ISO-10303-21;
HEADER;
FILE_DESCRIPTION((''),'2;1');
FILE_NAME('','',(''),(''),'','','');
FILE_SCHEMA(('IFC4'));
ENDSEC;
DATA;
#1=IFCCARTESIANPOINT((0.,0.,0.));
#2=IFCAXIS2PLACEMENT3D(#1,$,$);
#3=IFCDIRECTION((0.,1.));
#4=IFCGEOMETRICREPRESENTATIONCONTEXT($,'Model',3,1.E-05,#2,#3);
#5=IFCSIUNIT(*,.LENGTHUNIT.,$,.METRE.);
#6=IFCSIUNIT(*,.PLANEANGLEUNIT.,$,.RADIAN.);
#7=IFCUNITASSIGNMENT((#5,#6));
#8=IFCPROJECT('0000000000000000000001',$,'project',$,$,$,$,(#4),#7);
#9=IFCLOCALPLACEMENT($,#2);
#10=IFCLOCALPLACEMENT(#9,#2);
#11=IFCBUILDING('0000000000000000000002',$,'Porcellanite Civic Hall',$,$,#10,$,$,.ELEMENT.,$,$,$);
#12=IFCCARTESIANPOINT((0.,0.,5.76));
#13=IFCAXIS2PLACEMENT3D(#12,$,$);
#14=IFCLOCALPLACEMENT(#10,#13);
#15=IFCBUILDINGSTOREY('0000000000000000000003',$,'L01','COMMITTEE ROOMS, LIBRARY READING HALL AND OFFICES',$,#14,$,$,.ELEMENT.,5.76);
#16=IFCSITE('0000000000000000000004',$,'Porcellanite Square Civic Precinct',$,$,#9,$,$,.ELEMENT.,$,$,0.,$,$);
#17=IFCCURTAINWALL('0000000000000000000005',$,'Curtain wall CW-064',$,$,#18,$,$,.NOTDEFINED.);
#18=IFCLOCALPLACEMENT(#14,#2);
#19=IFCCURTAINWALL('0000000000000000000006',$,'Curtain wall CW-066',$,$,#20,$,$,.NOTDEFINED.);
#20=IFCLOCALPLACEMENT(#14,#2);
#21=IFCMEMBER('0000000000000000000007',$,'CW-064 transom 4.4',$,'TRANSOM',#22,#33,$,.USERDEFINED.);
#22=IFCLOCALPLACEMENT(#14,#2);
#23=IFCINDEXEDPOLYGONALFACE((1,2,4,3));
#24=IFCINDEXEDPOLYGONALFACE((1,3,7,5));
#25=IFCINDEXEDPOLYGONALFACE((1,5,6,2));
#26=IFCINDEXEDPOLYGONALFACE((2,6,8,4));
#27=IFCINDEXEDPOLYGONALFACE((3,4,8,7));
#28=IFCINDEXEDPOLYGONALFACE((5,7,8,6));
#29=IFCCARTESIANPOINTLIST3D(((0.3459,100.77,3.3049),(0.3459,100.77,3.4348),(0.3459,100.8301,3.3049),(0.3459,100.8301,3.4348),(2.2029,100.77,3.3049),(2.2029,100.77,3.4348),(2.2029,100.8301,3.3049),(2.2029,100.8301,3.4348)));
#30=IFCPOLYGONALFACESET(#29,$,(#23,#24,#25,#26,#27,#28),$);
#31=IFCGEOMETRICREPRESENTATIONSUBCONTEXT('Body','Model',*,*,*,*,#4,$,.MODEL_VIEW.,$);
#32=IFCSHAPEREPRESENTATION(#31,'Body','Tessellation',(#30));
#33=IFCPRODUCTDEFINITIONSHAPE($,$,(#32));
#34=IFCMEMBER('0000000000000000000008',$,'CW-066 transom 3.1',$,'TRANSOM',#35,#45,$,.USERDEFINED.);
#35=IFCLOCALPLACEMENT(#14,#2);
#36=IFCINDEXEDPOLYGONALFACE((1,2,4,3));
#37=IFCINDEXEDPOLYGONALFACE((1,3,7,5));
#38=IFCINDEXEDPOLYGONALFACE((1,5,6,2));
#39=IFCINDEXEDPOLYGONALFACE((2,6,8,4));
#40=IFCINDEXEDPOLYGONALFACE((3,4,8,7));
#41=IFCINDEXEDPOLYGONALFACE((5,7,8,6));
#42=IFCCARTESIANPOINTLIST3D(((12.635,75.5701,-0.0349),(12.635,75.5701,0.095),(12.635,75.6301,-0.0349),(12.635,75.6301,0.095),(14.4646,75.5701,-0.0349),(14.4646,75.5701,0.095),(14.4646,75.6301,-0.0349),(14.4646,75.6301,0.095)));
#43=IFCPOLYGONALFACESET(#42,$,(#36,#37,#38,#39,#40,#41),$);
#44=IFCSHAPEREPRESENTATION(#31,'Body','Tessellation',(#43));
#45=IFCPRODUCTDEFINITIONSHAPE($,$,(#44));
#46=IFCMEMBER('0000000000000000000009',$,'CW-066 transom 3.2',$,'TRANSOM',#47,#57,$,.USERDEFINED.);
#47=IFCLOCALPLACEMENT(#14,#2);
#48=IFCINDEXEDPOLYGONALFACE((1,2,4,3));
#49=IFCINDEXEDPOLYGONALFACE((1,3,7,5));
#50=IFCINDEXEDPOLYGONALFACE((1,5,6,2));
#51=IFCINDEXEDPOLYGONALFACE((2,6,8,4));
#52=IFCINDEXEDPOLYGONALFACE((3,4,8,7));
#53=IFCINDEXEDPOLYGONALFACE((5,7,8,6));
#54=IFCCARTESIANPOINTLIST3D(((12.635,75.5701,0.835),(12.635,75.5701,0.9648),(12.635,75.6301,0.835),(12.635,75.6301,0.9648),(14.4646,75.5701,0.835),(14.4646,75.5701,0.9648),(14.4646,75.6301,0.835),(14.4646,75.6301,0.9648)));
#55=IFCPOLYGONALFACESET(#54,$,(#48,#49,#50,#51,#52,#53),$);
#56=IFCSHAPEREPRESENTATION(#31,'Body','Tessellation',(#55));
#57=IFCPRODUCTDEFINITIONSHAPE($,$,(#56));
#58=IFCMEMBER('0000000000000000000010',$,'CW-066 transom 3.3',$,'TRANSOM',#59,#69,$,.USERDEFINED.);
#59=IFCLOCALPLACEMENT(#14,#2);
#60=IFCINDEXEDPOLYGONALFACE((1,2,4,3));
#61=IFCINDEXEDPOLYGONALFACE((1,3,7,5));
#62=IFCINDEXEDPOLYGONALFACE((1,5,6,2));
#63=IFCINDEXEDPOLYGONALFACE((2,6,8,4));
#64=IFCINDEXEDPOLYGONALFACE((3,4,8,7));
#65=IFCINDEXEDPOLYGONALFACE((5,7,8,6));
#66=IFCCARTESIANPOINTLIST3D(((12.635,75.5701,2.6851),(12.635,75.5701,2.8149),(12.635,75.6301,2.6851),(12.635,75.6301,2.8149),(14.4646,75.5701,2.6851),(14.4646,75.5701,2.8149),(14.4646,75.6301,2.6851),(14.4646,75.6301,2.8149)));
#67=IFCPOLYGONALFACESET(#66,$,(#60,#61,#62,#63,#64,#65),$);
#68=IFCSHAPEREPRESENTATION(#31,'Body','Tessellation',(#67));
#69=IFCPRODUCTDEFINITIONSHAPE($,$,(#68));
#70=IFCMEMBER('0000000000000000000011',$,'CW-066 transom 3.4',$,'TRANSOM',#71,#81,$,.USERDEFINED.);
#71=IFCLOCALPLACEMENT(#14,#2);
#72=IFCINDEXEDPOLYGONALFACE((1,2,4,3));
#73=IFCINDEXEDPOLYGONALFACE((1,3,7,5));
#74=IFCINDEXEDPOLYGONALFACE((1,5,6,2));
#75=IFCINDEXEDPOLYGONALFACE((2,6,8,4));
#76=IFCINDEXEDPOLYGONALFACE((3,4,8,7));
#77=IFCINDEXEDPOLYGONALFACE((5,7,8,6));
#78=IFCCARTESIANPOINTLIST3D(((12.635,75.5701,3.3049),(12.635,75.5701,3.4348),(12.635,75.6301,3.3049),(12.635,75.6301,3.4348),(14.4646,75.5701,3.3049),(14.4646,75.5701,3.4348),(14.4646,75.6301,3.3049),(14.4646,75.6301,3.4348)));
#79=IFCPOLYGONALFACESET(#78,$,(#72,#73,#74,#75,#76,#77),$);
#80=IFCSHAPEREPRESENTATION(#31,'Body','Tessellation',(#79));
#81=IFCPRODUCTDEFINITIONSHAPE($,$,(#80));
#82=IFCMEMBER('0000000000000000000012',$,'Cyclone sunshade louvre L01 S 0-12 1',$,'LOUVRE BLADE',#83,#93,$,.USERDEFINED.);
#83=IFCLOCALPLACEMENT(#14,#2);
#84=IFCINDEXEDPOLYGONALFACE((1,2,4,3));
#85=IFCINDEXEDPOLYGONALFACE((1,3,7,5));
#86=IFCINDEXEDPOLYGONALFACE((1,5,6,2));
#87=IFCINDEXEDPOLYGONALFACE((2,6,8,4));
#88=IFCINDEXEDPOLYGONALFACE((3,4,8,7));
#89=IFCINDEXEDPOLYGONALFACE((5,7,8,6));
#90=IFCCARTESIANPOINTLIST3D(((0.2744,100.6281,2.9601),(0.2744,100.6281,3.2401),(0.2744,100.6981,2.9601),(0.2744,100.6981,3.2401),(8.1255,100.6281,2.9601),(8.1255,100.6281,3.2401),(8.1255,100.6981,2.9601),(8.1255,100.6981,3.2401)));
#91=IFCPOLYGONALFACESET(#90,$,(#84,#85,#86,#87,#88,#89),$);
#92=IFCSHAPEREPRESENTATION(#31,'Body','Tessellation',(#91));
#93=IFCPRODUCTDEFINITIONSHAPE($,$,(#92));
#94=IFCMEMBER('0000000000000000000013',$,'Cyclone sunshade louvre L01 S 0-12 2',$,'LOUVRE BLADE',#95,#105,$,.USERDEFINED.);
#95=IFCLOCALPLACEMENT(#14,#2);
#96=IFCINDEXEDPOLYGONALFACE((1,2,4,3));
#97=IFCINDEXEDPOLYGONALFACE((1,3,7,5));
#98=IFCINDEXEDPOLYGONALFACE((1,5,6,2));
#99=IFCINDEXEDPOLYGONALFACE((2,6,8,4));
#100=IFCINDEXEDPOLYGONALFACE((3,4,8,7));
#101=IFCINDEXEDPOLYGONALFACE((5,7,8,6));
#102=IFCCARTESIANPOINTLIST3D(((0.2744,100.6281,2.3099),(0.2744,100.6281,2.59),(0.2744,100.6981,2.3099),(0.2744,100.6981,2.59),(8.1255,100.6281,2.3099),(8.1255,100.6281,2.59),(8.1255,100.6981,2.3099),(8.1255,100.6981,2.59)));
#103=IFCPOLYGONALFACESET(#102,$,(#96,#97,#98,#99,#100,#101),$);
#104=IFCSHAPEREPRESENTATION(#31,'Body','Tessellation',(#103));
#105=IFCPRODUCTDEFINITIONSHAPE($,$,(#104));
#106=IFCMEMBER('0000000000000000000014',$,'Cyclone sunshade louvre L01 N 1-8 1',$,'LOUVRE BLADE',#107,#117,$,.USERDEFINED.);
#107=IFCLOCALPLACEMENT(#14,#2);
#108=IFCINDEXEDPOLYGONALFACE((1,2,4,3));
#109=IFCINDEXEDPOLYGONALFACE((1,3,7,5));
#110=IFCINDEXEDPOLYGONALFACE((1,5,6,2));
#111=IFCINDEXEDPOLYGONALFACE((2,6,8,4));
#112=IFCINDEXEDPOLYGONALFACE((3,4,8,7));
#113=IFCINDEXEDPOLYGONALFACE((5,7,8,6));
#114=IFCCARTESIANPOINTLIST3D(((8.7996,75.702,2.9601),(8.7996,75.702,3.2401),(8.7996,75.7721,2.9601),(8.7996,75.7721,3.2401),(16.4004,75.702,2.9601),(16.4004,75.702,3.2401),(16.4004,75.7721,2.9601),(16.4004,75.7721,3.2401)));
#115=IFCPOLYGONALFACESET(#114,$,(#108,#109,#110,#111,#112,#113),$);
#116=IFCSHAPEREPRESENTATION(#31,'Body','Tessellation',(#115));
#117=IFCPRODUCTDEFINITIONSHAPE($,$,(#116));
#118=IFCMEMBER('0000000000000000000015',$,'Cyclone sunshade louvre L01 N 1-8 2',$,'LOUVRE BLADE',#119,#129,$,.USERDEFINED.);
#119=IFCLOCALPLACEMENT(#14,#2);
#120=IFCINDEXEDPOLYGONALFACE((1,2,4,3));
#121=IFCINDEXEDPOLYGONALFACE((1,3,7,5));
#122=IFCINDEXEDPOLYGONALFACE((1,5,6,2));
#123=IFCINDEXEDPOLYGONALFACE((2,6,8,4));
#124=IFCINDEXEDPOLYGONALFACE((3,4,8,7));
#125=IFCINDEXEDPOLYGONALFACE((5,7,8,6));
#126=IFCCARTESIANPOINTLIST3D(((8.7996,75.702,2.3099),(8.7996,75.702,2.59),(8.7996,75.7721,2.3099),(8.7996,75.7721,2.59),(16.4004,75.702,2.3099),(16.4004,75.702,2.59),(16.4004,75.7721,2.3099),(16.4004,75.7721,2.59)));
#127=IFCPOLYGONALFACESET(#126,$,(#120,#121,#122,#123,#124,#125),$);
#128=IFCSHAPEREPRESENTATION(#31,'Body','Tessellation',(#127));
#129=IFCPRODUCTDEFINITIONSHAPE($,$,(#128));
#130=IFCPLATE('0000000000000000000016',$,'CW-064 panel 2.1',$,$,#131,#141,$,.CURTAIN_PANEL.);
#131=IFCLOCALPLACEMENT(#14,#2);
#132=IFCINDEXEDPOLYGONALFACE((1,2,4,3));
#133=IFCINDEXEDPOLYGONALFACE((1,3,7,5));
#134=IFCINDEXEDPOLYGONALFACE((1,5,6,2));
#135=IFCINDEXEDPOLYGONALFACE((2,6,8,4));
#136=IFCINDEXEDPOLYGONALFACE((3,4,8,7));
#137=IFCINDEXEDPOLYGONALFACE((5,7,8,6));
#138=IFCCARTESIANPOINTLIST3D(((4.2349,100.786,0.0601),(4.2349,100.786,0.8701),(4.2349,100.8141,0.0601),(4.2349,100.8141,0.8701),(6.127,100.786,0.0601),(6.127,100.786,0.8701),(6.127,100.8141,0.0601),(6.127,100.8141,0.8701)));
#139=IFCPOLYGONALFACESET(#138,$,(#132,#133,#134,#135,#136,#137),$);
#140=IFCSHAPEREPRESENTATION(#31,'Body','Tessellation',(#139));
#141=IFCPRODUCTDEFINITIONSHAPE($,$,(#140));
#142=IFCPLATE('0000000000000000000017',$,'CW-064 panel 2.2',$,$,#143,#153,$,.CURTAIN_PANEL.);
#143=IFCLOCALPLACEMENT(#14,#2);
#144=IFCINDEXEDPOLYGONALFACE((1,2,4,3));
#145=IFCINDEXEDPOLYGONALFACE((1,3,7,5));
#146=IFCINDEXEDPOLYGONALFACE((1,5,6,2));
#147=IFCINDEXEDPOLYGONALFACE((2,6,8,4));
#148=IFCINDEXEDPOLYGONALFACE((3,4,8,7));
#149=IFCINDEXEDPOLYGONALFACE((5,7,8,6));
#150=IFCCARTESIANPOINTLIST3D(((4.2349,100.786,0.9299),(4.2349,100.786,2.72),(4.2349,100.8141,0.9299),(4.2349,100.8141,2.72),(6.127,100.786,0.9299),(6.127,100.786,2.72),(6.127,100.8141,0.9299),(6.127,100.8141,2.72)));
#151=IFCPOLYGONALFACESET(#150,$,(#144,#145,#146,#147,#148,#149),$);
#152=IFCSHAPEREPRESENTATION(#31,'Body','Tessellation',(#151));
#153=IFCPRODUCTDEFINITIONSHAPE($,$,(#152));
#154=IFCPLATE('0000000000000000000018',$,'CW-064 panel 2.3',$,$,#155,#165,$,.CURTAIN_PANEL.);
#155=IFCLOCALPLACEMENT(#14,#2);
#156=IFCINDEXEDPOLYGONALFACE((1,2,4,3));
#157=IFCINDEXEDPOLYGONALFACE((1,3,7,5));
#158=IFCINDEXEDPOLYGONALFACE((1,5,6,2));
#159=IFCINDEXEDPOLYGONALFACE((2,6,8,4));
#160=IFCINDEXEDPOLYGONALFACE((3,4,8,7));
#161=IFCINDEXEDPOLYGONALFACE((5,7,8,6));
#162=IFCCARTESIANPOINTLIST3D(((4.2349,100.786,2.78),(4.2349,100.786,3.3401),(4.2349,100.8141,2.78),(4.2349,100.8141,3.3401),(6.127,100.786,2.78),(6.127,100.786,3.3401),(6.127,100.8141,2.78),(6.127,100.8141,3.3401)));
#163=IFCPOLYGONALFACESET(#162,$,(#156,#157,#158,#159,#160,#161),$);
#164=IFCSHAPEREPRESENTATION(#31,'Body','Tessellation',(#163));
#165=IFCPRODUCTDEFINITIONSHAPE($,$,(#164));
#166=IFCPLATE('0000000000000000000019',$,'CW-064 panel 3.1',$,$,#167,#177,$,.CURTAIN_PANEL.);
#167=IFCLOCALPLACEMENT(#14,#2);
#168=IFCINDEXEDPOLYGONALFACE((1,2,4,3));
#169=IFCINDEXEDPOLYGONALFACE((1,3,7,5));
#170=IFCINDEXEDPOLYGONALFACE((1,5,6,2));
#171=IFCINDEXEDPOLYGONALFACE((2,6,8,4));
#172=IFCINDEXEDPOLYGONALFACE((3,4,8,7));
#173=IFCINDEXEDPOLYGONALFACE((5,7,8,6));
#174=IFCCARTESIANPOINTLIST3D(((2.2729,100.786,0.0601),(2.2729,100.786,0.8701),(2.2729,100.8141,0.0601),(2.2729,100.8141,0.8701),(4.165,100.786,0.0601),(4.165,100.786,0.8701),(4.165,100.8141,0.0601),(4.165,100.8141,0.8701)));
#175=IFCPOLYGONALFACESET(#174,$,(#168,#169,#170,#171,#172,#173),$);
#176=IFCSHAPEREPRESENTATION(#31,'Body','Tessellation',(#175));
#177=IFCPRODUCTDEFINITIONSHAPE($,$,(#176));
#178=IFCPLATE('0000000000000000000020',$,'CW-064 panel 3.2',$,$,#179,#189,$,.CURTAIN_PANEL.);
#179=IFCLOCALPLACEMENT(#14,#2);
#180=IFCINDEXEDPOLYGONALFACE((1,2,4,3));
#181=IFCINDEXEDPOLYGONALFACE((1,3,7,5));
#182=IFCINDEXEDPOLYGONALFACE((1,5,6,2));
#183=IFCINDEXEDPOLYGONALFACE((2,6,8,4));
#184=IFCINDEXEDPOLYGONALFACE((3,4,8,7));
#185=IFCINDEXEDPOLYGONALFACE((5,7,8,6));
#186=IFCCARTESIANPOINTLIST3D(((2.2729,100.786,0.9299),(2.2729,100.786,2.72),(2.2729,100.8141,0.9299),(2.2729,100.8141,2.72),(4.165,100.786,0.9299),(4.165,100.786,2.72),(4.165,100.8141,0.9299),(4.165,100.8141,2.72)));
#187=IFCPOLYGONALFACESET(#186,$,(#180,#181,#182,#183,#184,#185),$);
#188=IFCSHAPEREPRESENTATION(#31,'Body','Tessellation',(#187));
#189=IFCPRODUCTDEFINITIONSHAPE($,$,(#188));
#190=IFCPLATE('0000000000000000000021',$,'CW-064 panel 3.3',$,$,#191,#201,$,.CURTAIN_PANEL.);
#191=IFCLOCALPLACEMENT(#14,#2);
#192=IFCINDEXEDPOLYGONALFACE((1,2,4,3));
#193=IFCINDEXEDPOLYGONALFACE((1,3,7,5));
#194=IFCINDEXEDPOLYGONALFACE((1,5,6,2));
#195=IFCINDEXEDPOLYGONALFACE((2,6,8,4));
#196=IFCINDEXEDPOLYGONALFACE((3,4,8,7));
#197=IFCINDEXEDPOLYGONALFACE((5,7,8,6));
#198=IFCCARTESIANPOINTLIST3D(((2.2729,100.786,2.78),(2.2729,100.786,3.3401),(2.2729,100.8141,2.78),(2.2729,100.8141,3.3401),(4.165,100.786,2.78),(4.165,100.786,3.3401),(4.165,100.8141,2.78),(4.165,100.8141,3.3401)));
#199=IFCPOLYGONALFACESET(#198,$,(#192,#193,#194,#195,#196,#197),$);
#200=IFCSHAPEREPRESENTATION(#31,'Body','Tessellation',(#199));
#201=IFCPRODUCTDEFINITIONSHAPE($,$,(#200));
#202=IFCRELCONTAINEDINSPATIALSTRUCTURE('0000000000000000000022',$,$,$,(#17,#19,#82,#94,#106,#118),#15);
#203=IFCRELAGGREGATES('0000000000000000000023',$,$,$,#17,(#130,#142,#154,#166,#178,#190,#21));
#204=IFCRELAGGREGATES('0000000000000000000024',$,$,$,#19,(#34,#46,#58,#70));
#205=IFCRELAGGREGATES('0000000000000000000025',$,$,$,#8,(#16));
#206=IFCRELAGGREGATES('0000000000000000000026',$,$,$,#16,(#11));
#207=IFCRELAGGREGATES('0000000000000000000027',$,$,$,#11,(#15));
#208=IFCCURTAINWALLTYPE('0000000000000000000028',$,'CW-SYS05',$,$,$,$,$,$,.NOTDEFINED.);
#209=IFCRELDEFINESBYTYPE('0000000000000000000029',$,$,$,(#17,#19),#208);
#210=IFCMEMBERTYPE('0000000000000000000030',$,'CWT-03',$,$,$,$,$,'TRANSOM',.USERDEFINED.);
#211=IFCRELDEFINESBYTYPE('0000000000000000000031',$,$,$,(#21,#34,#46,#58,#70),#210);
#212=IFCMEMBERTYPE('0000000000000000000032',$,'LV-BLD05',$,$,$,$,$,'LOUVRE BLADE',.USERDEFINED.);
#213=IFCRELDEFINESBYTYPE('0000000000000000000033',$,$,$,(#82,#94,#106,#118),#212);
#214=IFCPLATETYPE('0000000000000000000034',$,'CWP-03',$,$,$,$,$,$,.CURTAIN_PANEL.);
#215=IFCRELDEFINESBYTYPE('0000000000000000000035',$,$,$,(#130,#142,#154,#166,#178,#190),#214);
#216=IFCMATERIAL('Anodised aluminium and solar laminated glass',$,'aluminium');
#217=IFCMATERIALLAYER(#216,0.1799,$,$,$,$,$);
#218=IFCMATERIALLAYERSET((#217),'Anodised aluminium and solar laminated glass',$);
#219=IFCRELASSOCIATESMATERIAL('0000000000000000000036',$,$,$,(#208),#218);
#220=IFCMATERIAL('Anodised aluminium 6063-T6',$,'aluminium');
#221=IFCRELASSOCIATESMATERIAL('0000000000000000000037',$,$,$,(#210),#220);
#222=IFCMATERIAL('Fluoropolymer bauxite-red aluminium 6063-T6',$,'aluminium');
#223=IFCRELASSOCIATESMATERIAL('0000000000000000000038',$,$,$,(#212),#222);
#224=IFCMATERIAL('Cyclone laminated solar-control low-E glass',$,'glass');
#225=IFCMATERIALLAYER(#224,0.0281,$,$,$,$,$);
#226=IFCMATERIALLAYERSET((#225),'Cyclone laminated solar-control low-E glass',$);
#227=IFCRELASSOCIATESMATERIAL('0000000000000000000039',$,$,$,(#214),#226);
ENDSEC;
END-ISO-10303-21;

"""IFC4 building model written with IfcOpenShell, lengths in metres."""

from ifc_helpers import new_model, si_unit, direction, frame, origin, origin_2d, place, context, subcontext, project, spatial, rectangle, extrude, material, layer, layer_set, material_profile, profile_set, type_object, element, aggregate, save


model = new_model("IFC4")

# Units and contexts
model_context = context("Model", 3, precision=1e-05, world=origin(), true_north=direction((0.0, 1.0)))
body_context = subcontext(model_context, "Body", "Model", "MODEL_VIEW")
ifc_project = project(units=[si_unit("LENGTHUNIT", "METRE"), si_unit("PLANEANGLEUNIT", "RADIAN")], contexts=[model_context])

# Site, building, storey
site_placement = place(None, origin())
site = spatial("IfcSite", under=ifc_project, at=site_placement, Name="Porcellanite Square Civic Precinct", CompositionType="ELEMENT", RefElevation=0.0)
building_placement = place(site_placement, origin())
building = spatial("IfcBuilding", under=site, at=building_placement, Name="Porcellanite Civic Hall", CompositionType="ELEMENT")
storey_placement = place(building_placement, frame((0.0, 0.0, 5.76)))
storey = spatial("IfcBuildingStorey", under=building, at=storey_placement, Name="L01", Description="COMMITTEE ROOMS, LIBRARY READING HALL AND OFFICES", CompositionType="ELEMENT", Elevation=5.76)

# Curtain wall
ifc_material_1 = material(Name="Anodised aluminium and solar laminated glass", Category="aluminium")
ifc_layer_1 = layer(ifc_material_1, 0.1799)
ifc_layer_set_1 = layer_set([ifc_layer_1], Name="Anodised aluminium and solar laminated glass")
curtain_wall_type = type_object("IfcCurtainWallType", Name="CW-SYS05", PredefinedType="NOTDEFINED", material=ifc_layer_set_1)
curtain_wall_1_placement = place(storey_placement, origin())
curtain_wall_1 = element("IfcCurtainWall", 1, at=curtain_wall_1_placement, inside=storey, type_object=curtain_wall_type, Name="Curtain wall CW-064", PredefinedType="NOTDEFINED")

# Curtain wall
curtain_wall_2_placement = place(storey_placement, origin())
curtain_wall_2 = element("IfcCurtainWall", 2, at=curtain_wall_2_placement, inside=storey, type_object=curtain_wall_type, Name="Curtain wall CW-066", PredefinedType="NOTDEFINED")

# Members
ifc_material_2 = material(Name="Anodised aluminium 6063-T6", Category="aluminium")
ifc_material_profile_1 = material_profile(ifc_material_2, rectangle(XDim=0.0601, YDim=0.1299, at=origin_2d()), Name="AL-60x130")
ifc_profile_set_1 = profile_set([ifc_material_profile_1], Name="Anodised aluminium 6063-T6")
member_type_1 = type_object("IfcMemberType", Name="CWT-03", ElementType="TRANSOM", PredefinedType="USERDEFINED", material=ifc_profile_set_1)
member_1_placement = place(storey_placement, frame((2.2029, 100.8, 3.3699), z_axis=(-1.0, 0.0, 0.0), x_axis=(0.0, -1.0, 0.0)))
member_1 = element("IfcMember", 3, at=member_1_placement, type_object=member_type_1, Name="CW-064 transom 4.4", ObjectType="TRANSOM", PredefinedType="USERDEFINED", context=body_context, shape_type="SweptSolid", body=[
    extrude(rectangle(XDim=0.0601, YDim=0.1299, at=origin_2d()), origin(), (0.0, 0.0, 1.0), 1.8569),
])
member_2_placement = place(storey_placement, frame((12.635, 75.6001, 0.03), z_axis=(1.0, 0.0, 0.0), x_axis=(0.0, 1.0, 0.0)))
member_2 = element("IfcMember", 4, at=member_2_placement, type_object=member_type_1, Name="CW-066 transom 3.1", ObjectType="TRANSOM", PredefinedType="USERDEFINED", context=body_context, shape_type="SweptSolid", body=[
    extrude(rectangle(XDim=0.0601, YDim=0.1299, at=origin_2d()), origin(), (0.0, 0.0, 1.0), 1.8296),
])
member_3_placement = place(storey_placement, frame((12.635, 75.6001, 0.8999), z_axis=(1.0, 0.0, 0.0), x_axis=(0.0, 1.0, 0.0)))
member_3 = element("IfcMember", 5, at=member_3_placement, type_object=member_type_1, Name="CW-066 transom 3.2", ObjectType="TRANSOM", PredefinedType="USERDEFINED", context=body_context, shape_type="SweptSolid", body=[
    extrude(rectangle(XDim=0.0601, YDim=0.1299, at=origin_2d()), origin(), (0.0, 0.0, 1.0), 1.8296),
])
member_4_placement = place(storey_placement, frame((12.635, 75.6001, 2.75), z_axis=(1.0, 0.0, 0.0), x_axis=(0.0, 1.0, 0.0)))
member_4 = element("IfcMember", 6, at=member_4_placement, type_object=member_type_1, Name="CW-066 transom 3.3", ObjectType="TRANSOM", PredefinedType="USERDEFINED", context=body_context, shape_type="SweptSolid", body=[
    extrude(rectangle(XDim=0.0601, YDim=0.1299, at=origin_2d()), origin(), (0.0, 0.0, 1.0), 1.8296),
])
member_5_placement = place(storey_placement, frame((12.635, 75.6001, 3.3699), z_axis=(1.0, 0.0, 0.0), x_axis=(0.0, 1.0, 0.0)))
member_5 = element("IfcMember", 7, at=member_5_placement, type_object=member_type_1, Name="CW-066 transom 3.4", ObjectType="TRANSOM", PredefinedType="USERDEFINED", context=body_context, shape_type="SweptSolid", body=[
    extrude(rectangle(XDim=0.0601, YDim=0.1299, at=origin_2d()), origin(), (0.0, 0.0, 1.0), 1.8296),
])

# Members
ifc_material_3 = material(Name="Fluoropolymer bauxite-red aluminium 6063-T6", Category="aluminium")
ifc_material_profile_2 = material_profile(ifc_material_3, rectangle(XDim=0.0701, YDim=0.28, at=origin_2d()), Name="AL-70x280")
ifc_profile_set_2 = profile_set([ifc_material_profile_2], Name="Fluoropolymer bauxite-red aluminium 6063-T6")
member_type_2 = type_object("IfcMemberType", Name="LV-BLD05", ElementType="LOUVRE BLADE", PredefinedType="USERDEFINED", material=ifc_profile_set_2)
for number, where, z_axis, x_axis, name in (
    (8, (8.1255, 100.6631, 3.1001), (-1.0, 0.0, 0.0), (0.0, -1.0, 0.0), "Cyclone sunshade louvre L01 S 0-12 1"),
    (9, (8.1255, 100.6631, 2.45), (-1.0, 0.0, 0.0), (0.0, -1.0, 0.0), "Cyclone sunshade louvre L01 S 0-12 2"),
):
    element("IfcMember", number, at=place(storey_placement, frame(where, z_axis=z_axis, x_axis=x_axis)), inside=storey, type_object=member_type_2, Name=name, ObjectType="LOUVRE BLADE", PredefinedType="USERDEFINED", context=body_context, shape_type="SweptSolid", body=[
        extrude(rectangle(XDim=0.0701, YDim=0.28, at=origin_2d()), origin(), (0.0, 0.0, 1.0), 7.8511),
    ])
for number, where, z_axis, x_axis, name in (
    (10, (8.7996, 75.7371, 3.1001), (1.0, 0.0, 0.0), (0.0, 1.0, 0.0), "Cyclone sunshade louvre L01 N 1-8 1"),
    (11, (8.7996, 75.7371, 2.45), (1.0, 0.0, 0.0), (0.0, 1.0, 0.0), "Cyclone sunshade louvre L01 N 1-8 2"),
):
    element("IfcMember", number, at=place(storey_placement, frame(where, z_axis=z_axis, x_axis=x_axis)), inside=storey, type_object=member_type_2, Name=name, ObjectType="LOUVRE BLADE", PredefinedType="USERDEFINED", context=body_context, shape_type="SweptSolid", body=[
        extrude(rectangle(XDim=0.0701, YDim=0.28, at=origin_2d()), origin(), (0.0, 0.0, 1.0), 7.6008),
    ])

# Plates
ifc_material_4 = material(Name="Cyclone laminated solar-control low-E glass", Category="glass")
ifc_layer_2 = layer(ifc_material_4, 0.0281)
ifc_layer_set_2 = layer_set([ifc_layer_2], Name="Cyclone laminated solar-control low-E glass")
plate_type = type_object("IfcPlateType", Name="CWP-03", PredefinedType="CURTAIN_PANEL", material=ifc_layer_set_2)
plate_1_placement = place(storey_placement, frame((5.1809, 100.8, 0.0601), z_axis=(0.0, 0.0, 1.0), x_axis=(-1.0, 0.0, 0.0)))
plate_1 = element("IfcPlate", 12, at=plate_1_placement, type_object=plate_type, Name="CW-064 panel 2.1", PredefinedType="CURTAIN_PANEL", context=body_context, shape_type="SweptSolid", body=[
    extrude(rectangle(XDim=1.8921, YDim=0.0281, at=origin_2d()), origin(), (0.0, 0.0, 1.0), 0.8101),
])
plate_2_placement = place(storey_placement, frame((5.1809, 100.8, 0.9299), z_axis=(0.0, 0.0, 1.0), x_axis=(-1.0, 0.0, 0.0)))
plate_2 = element("IfcPlate", 13, at=plate_2_placement, type_object=plate_type, Name="CW-064 panel 2.2", PredefinedType="CURTAIN_PANEL", context=body_context, shape_type="SweptSolid", body=[
    extrude(rectangle(XDim=1.8921, YDim=0.0281, at=origin_2d()), origin(), (0.0, 0.0, 1.0), 1.79),
])
plate_3_placement = place(storey_placement, frame((5.1809, 100.8, 2.78), z_axis=(0.0, 0.0, 1.0), x_axis=(-1.0, 0.0, 0.0)))
plate_3 = element("IfcPlate", 14, at=plate_3_placement, type_object=plate_type, Name="CW-064 panel 2.3", PredefinedType="CURTAIN_PANEL", context=body_context, shape_type="SweptSolid", body=[
    extrude(rectangle(XDim=1.8921, YDim=0.0281, at=origin_2d()), origin(), (0.0, 0.0, 1.0), 0.5601),
])
plate_4_placement = place(storey_placement, frame((3.219, 100.8, 0.0601), z_axis=(0.0, 0.0, 1.0), x_axis=(-1.0, 0.0, 0.0)))
plate_4 = element("IfcPlate", 15, at=plate_4_placement, type_object=plate_type, Name="CW-064 panel 3.1", PredefinedType="CURTAIN_PANEL", context=body_context, shape_type="SweptSolid", body=[
    extrude(rectangle(XDim=1.8921, YDim=0.0281, at=origin_2d()), origin(), (0.0, 0.0, 1.0), 0.8101),
])
plate_5_placement = place(storey_placement, frame((3.219, 100.8, 0.9299), z_axis=(0.0, 0.0, 1.0), x_axis=(-1.0, 0.0, 0.0)))
plate_5 = element("IfcPlate", 16, at=plate_5_placement, type_object=plate_type, Name="CW-064 panel 3.2", PredefinedType="CURTAIN_PANEL", context=body_context, shape_type="SweptSolid", body=[
    extrude(rectangle(XDim=1.8921, YDim=0.0281, at=origin_2d()), origin(), (0.0, 0.0, 1.0), 1.79),
])
plate_6_placement = place(storey_placement, frame((3.219, 100.8, 2.78), z_axis=(0.0, 0.0, 1.0), x_axis=(-1.0, 0.0, 0.0)))
plate_6 = element("IfcPlate", 17, at=plate_6_placement, type_object=plate_type, Name="CW-064 panel 3.3", PredefinedType="CURTAIN_PANEL", context=body_context, shape_type="SweptSolid", body=[
    extrude(rectangle(XDim=1.8921, YDim=0.0281, at=origin_2d()), origin(), (0.0, 0.0, 1.0), 0.5601),
])
aggregate(curtain_wall_1, [plate_1, plate_2, plate_3, plate_4, plate_5, plate_6, member_1])
aggregate(curtain_wall_2, [member_2, member_3, member_4, member_5])

save(model, "model.ifc")
